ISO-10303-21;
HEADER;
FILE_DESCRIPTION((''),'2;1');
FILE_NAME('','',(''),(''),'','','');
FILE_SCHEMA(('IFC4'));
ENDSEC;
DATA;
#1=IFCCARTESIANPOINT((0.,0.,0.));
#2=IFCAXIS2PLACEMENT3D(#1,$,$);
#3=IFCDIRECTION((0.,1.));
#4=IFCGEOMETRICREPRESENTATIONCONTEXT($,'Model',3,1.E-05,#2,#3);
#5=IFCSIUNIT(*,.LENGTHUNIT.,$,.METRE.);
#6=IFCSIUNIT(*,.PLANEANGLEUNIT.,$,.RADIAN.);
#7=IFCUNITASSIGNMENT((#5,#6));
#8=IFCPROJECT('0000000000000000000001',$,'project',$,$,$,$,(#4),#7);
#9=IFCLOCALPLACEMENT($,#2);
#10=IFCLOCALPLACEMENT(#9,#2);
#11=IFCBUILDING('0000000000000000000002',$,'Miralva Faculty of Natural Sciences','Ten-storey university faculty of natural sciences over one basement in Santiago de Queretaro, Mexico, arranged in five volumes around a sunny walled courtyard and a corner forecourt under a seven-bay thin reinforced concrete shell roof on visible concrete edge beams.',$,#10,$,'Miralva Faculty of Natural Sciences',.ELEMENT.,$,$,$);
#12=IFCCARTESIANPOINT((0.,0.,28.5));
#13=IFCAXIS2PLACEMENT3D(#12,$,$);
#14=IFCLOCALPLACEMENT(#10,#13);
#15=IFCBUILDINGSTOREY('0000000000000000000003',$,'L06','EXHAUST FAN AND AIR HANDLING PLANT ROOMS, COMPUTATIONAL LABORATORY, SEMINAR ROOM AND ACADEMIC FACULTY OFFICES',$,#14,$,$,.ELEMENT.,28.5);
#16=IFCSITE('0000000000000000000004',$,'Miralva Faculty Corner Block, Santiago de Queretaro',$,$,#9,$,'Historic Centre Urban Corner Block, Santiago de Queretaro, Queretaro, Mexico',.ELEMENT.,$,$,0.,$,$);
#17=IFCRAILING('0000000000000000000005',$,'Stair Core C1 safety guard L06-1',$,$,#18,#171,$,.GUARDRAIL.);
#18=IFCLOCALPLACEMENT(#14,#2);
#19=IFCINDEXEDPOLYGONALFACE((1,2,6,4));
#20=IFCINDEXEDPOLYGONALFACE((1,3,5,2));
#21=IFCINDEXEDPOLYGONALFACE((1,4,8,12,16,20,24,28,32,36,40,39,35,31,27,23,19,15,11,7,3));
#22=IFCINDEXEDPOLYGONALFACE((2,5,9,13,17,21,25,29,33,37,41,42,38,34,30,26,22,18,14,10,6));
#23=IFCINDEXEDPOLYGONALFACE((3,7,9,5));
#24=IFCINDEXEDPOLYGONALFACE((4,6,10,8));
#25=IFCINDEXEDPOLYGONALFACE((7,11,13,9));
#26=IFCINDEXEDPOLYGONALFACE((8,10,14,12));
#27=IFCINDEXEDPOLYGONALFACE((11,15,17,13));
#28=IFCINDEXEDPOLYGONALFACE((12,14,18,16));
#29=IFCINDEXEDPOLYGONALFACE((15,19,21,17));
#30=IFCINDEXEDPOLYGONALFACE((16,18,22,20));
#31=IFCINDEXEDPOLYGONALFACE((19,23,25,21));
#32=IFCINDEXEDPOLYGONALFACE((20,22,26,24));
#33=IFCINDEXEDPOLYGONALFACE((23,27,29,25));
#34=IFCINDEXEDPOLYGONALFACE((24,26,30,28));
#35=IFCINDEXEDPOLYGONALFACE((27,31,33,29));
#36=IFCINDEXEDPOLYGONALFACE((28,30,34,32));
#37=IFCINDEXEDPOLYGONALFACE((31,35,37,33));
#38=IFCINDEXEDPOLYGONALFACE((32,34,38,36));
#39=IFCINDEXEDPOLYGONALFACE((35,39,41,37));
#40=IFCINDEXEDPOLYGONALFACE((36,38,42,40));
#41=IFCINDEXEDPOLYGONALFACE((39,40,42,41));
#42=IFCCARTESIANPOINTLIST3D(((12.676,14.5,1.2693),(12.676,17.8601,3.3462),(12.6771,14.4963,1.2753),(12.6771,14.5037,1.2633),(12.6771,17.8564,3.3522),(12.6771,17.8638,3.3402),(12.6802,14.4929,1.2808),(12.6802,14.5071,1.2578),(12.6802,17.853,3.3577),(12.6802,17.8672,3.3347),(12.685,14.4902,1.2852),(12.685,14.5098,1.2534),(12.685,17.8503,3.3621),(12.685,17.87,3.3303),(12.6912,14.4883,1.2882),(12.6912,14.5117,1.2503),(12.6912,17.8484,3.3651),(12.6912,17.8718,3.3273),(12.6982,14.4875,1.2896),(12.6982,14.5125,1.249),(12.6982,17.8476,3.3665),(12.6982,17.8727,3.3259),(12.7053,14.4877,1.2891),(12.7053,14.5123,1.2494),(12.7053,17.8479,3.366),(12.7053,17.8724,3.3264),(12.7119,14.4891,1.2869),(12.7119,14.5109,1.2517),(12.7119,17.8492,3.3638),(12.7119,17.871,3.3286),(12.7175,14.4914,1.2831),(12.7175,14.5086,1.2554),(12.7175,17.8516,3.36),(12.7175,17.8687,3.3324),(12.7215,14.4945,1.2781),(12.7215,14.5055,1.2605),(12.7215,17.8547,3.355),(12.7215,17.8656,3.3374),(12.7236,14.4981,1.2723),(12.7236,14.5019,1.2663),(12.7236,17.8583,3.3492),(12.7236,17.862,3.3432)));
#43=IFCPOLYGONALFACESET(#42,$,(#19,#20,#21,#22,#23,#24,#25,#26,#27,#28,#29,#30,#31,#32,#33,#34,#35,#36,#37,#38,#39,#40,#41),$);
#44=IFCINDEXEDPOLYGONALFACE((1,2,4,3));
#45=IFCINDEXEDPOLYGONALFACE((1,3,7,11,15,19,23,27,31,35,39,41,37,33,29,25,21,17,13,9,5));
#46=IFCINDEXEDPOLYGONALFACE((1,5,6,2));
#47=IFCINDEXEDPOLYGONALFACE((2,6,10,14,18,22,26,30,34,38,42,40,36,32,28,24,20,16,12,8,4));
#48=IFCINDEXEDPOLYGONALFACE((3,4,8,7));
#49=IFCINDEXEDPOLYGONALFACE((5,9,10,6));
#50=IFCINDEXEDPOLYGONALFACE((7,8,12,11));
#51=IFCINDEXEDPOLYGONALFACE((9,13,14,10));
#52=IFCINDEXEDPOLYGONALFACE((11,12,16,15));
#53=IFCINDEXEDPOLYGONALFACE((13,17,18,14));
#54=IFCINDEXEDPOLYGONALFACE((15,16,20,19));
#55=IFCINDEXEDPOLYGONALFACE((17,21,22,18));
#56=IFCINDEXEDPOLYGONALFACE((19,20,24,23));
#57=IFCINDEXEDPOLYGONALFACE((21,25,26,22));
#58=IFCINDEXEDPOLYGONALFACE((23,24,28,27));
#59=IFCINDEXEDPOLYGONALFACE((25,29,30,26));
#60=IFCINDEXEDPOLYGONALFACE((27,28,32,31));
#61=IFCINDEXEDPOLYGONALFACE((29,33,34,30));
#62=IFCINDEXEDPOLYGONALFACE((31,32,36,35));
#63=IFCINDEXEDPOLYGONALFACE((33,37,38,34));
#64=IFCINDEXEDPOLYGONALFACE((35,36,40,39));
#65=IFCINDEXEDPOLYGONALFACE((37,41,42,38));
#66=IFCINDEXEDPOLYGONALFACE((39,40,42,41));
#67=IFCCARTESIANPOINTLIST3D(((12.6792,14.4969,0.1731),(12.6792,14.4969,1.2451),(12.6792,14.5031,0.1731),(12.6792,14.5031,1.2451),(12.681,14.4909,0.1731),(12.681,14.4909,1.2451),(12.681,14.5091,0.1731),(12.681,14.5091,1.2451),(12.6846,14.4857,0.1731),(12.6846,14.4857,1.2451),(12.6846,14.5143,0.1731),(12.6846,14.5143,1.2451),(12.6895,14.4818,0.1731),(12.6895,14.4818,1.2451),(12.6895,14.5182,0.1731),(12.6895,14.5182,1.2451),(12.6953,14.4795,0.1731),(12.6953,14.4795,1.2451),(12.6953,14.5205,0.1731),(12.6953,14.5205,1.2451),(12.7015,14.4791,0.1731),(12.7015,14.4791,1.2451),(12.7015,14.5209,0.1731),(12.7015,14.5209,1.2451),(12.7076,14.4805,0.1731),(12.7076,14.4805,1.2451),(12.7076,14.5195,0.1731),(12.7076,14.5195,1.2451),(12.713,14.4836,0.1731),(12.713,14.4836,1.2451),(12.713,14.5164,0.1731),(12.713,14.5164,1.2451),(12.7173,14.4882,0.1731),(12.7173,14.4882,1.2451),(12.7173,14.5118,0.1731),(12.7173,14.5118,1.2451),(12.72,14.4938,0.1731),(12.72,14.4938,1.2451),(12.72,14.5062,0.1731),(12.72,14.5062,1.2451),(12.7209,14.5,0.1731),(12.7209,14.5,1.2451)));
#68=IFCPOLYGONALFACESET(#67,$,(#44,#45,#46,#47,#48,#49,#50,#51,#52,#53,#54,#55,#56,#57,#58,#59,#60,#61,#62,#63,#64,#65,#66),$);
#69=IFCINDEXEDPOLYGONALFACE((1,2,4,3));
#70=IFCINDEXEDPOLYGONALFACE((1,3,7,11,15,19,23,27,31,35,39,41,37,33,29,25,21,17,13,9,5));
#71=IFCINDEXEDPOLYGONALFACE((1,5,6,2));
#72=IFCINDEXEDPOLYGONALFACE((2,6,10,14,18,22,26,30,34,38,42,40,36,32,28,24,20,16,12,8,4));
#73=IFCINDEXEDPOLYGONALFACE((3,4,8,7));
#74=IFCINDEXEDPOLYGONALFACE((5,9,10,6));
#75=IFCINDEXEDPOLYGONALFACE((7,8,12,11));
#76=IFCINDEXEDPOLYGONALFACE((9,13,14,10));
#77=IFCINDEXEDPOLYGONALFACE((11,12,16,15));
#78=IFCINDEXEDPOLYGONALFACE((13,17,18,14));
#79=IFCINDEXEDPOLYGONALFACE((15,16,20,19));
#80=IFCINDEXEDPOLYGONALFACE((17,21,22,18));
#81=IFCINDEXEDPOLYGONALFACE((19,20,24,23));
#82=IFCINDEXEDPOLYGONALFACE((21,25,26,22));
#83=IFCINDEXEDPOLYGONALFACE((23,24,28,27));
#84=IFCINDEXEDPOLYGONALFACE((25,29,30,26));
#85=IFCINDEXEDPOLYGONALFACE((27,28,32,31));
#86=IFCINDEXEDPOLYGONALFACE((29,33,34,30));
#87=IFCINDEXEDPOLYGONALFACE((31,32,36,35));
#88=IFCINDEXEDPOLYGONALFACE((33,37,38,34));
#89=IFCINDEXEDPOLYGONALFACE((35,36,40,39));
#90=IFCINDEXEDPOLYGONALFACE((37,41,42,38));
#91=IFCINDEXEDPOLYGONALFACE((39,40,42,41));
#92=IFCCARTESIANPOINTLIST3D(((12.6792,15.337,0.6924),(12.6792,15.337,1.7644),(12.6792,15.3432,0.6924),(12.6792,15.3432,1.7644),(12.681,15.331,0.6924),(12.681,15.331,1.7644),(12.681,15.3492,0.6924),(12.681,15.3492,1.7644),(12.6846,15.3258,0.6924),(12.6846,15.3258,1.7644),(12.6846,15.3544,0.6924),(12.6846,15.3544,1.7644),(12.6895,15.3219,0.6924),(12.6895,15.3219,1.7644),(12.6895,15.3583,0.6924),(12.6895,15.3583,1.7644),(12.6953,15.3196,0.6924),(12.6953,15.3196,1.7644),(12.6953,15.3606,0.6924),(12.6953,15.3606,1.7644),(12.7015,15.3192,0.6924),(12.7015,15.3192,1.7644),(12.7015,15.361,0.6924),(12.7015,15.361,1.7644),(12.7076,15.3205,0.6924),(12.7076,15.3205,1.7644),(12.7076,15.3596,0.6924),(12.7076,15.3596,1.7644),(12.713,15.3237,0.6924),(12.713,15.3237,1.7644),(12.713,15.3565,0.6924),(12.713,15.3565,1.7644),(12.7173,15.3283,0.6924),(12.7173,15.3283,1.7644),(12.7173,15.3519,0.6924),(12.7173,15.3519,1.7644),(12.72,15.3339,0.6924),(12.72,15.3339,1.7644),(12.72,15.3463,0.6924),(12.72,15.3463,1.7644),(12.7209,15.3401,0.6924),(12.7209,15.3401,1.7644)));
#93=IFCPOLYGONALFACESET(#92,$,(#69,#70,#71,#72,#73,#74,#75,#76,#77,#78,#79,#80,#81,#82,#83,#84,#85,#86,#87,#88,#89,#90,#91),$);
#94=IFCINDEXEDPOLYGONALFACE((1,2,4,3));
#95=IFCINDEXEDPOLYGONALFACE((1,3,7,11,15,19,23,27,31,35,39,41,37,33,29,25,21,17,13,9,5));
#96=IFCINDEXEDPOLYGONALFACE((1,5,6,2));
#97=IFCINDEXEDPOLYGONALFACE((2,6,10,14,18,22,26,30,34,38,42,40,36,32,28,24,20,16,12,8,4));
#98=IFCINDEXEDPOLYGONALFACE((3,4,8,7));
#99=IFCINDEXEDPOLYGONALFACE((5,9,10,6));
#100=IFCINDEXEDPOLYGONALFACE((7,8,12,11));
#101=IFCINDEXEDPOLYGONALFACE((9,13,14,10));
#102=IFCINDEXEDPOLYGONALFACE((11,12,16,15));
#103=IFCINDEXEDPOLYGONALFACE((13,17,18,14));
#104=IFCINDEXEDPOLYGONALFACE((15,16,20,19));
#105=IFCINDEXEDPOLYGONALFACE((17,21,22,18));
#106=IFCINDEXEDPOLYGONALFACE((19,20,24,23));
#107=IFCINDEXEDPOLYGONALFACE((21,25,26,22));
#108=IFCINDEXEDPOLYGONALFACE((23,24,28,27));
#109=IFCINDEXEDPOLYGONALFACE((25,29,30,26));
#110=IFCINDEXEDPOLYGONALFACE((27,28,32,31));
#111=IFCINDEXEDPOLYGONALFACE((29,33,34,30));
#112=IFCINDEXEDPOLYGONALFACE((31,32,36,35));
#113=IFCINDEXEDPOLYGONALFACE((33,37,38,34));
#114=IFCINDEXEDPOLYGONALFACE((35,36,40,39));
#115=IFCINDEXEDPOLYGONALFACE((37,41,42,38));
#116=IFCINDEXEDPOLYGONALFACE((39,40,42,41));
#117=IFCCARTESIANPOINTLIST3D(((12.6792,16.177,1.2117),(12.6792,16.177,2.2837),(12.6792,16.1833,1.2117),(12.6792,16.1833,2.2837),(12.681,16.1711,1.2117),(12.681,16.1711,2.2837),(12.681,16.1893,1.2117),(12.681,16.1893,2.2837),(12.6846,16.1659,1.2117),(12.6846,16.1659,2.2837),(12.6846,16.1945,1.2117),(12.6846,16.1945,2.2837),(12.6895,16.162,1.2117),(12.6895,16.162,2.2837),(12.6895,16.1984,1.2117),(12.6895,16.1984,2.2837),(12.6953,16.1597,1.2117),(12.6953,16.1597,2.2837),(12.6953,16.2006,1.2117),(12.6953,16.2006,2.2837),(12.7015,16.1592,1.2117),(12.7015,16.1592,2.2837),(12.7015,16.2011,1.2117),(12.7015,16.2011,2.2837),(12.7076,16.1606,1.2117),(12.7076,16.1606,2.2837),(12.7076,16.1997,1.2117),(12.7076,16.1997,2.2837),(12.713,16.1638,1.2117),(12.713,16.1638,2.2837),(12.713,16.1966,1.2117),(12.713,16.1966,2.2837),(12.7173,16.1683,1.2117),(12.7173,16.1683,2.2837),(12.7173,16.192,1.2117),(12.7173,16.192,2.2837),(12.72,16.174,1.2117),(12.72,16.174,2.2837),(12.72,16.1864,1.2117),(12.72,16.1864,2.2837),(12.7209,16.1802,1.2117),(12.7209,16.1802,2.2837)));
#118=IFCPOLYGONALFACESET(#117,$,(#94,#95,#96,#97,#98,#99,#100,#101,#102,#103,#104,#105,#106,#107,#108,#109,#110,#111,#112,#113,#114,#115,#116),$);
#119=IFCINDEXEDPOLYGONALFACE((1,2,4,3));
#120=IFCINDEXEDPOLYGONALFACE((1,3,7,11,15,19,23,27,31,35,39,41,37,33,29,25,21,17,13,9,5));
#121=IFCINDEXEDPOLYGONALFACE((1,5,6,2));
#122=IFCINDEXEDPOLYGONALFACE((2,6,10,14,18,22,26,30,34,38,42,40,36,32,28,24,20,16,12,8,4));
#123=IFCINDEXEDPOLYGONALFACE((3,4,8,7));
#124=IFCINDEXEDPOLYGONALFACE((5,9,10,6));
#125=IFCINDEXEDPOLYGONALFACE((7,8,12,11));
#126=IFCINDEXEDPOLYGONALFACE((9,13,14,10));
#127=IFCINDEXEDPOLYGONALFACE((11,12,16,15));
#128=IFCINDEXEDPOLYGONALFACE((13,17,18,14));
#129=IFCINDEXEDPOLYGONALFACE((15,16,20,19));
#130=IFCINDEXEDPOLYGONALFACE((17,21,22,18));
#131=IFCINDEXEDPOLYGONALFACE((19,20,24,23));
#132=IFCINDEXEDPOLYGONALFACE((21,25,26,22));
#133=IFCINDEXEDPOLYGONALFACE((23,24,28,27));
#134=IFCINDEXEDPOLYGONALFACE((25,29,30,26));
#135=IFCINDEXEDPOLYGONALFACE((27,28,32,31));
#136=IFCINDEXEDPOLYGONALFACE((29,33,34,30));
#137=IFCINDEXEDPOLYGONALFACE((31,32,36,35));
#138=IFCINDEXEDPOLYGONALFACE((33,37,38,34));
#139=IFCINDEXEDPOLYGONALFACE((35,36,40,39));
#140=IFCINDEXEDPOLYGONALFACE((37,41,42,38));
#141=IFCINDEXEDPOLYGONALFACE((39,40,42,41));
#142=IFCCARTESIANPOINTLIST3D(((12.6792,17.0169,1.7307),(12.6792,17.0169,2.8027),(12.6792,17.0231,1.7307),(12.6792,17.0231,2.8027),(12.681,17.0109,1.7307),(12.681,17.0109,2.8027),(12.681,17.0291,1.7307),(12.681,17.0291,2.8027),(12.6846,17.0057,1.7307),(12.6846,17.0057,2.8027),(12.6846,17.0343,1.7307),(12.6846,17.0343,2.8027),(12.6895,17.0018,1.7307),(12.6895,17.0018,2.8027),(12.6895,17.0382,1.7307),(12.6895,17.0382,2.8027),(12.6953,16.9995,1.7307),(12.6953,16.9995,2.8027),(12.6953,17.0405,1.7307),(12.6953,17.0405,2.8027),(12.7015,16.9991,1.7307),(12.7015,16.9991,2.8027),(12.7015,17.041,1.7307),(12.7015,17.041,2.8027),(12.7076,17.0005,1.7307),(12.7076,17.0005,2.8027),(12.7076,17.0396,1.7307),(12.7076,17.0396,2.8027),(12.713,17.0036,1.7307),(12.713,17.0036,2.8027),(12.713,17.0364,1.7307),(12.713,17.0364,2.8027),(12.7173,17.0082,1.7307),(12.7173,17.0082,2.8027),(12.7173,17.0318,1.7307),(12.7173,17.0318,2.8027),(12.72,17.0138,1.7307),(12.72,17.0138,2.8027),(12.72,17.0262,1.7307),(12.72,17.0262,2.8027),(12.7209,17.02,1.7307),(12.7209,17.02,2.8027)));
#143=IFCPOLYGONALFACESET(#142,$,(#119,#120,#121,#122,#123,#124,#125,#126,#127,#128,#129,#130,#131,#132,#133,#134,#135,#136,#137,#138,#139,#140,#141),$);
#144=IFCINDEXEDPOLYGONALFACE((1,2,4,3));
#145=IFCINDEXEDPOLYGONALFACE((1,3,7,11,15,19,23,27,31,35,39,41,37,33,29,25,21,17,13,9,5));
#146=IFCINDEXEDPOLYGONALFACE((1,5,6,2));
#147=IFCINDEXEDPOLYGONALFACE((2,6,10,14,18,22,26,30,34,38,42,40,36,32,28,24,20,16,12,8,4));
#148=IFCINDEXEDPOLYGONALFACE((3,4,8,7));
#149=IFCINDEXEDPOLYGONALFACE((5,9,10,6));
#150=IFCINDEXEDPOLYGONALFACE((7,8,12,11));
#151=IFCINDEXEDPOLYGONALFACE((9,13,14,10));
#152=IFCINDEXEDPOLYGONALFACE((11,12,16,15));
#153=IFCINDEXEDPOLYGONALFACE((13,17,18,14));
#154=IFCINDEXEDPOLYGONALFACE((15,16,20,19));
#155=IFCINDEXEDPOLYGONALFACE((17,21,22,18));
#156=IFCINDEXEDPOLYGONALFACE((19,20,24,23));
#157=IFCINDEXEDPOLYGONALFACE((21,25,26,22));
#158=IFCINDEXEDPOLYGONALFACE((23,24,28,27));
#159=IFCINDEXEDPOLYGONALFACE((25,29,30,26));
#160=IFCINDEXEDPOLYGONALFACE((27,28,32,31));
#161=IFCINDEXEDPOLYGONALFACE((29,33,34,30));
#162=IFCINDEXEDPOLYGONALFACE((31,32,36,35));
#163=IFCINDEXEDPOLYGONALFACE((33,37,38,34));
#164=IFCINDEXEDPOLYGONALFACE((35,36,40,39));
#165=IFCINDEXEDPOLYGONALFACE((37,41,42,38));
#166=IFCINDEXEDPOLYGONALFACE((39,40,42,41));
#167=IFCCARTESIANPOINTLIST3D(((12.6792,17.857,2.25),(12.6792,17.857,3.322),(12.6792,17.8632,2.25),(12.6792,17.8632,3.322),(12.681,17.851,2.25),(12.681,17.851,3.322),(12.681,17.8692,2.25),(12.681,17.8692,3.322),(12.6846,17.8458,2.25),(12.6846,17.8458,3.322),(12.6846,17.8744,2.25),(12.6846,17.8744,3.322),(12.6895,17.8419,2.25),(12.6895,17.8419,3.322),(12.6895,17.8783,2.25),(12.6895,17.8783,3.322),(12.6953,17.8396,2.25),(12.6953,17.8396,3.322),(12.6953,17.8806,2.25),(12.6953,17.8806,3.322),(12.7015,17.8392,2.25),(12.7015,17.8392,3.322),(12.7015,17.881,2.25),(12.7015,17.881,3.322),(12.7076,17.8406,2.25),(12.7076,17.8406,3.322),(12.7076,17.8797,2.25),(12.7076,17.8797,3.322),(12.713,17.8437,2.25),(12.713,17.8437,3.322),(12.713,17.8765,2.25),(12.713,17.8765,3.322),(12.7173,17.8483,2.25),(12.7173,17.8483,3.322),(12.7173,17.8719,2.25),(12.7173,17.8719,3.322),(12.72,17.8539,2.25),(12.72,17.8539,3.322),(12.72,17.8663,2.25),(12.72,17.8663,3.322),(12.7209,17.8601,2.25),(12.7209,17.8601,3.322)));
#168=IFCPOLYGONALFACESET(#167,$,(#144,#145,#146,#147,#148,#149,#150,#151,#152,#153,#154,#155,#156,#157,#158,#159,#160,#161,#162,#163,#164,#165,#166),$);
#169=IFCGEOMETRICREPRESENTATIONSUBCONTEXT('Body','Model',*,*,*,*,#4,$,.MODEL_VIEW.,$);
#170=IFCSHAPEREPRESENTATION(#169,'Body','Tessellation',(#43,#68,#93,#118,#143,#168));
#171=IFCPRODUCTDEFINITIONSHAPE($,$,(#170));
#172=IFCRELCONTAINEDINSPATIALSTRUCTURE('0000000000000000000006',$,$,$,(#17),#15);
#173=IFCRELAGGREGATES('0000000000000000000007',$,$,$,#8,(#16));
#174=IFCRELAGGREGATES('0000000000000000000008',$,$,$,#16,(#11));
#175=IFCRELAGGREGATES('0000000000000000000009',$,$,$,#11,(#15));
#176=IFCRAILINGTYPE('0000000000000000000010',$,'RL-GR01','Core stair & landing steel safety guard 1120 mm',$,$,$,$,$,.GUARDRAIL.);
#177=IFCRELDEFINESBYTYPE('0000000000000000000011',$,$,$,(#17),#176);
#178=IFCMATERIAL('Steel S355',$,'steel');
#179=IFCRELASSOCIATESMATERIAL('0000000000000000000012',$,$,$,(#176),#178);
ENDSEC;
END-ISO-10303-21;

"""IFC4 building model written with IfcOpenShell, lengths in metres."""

from ifc_helpers import new_model, si_unit, direction, frame, origin, origin_2d, place, context, subcontext, project, spatial, circle, extrude, material, type_object, element, save


model = new_model("IFC4")

# Units and contexts
model_context = context("Model", 3, precision=1e-05, world=origin(), true_north=direction((0.0, 1.0)))
body_context = subcontext(model_context, "Body", "Model", "MODEL_VIEW")
ifc_project = project(units=[si_unit("LENGTHUNIT", "METRE"), si_unit("PLANEANGLEUNIT", "RADIAN")], contexts=[model_context])

# Site, building, storey
site_placement = place(None, origin())
site = spatial("IfcSite", under=ifc_project, at=site_placement, Name="Miralva Faculty Corner Block, Santiago de Queretaro", LongName="Historic Centre Urban Corner Block, Santiago de Queretaro, Queretaro, Mexico", CompositionType="ELEMENT", RefElevation=0.0)
building_placement = place(site_placement, origin())
building = spatial("IfcBuilding", under=site, at=building_placement, Name="Miralva Faculty of Natural Sciences", Description="Ten-storey university faculty of natural sciences over one basement in Santiago de Queretaro, Mexico, arranged in five volumes around a sunny walled courtyard and a corner forecourt under a seven-bay thin reinforced concrete shell roof on visible concrete edge beams.", LongName="Miralva Faculty of Natural Sciences", CompositionType="ELEMENT")
storey_placement = place(building_placement, frame((0.0, 0.0, 28.5)))
storey = spatial("IfcBuildingStorey", under=building, at=storey_placement, Name="L06", Description="EXHAUST FAN AND AIR HANDLING PLANT ROOMS, COMPUTATIONAL LABORATORY, SEMINAR ROOM AND ACADEMIC FACULTY OFFICES", CompositionType="ELEMENT", Elevation=28.5)

# Railing
ifc_material_1 = material(Name="Steel S355", Category="steel")
railing_type_1 = type_object("IfcRailingType", Name="RL-GR01", Description="Core stair & landing steel safety guard 1120 mm", PredefinedType="GUARDRAIL", material=ifc_material_1)
railing_1_placement = place(storey_placement, frame((12.7, 14.5, 0.1731)))
element("IfcRailing", 1, at=railing_1_placement, inside=storey, type_object=railing_type_1, Name="Stair Core C1 safety guard L06-1", PredefinedType="GUARDRAIL", context=body_context, shape_type="SweptSolid", body=[
    extrude(circle(Radius=0.0239, at=origin_2d()), frame((0.0, 0.0, 1.0962), z_axis=(0.0, 0.850623, 0.525776), x_axis=(-1.0, 0.0, 0.0)), (0.0, 0.0, 1.0), 3.9502),
    extrude(circle(Radius=0.021, at=origin_2d()), origin(), (0.0, 0.0, 1.0), 1.072),
    extrude(circle(Radius=0.021, at=origin_2d()), frame((0.0, 0.8401, 0.5193)), (0.0, 0.0, 1.0), 1.072),
    extrude(circle(Radius=0.021, at=origin_2d()), frame((0.0, 1.6802, 1.0386)), (0.0, 0.0, 1.0), 1.072),
    extrude(circle(Radius=0.021, at=origin_2d()), frame((0.0, 2.52, 1.5576)), (0.0, 0.0, 1.0), 1.072),
    extrude(circle(Radius=0.021, at=origin_2d()), frame((0.0, 3.3601, 2.0769)), (0.0, 0.0, 1.0), 1.072),
])

save(model, "model.ifc")
